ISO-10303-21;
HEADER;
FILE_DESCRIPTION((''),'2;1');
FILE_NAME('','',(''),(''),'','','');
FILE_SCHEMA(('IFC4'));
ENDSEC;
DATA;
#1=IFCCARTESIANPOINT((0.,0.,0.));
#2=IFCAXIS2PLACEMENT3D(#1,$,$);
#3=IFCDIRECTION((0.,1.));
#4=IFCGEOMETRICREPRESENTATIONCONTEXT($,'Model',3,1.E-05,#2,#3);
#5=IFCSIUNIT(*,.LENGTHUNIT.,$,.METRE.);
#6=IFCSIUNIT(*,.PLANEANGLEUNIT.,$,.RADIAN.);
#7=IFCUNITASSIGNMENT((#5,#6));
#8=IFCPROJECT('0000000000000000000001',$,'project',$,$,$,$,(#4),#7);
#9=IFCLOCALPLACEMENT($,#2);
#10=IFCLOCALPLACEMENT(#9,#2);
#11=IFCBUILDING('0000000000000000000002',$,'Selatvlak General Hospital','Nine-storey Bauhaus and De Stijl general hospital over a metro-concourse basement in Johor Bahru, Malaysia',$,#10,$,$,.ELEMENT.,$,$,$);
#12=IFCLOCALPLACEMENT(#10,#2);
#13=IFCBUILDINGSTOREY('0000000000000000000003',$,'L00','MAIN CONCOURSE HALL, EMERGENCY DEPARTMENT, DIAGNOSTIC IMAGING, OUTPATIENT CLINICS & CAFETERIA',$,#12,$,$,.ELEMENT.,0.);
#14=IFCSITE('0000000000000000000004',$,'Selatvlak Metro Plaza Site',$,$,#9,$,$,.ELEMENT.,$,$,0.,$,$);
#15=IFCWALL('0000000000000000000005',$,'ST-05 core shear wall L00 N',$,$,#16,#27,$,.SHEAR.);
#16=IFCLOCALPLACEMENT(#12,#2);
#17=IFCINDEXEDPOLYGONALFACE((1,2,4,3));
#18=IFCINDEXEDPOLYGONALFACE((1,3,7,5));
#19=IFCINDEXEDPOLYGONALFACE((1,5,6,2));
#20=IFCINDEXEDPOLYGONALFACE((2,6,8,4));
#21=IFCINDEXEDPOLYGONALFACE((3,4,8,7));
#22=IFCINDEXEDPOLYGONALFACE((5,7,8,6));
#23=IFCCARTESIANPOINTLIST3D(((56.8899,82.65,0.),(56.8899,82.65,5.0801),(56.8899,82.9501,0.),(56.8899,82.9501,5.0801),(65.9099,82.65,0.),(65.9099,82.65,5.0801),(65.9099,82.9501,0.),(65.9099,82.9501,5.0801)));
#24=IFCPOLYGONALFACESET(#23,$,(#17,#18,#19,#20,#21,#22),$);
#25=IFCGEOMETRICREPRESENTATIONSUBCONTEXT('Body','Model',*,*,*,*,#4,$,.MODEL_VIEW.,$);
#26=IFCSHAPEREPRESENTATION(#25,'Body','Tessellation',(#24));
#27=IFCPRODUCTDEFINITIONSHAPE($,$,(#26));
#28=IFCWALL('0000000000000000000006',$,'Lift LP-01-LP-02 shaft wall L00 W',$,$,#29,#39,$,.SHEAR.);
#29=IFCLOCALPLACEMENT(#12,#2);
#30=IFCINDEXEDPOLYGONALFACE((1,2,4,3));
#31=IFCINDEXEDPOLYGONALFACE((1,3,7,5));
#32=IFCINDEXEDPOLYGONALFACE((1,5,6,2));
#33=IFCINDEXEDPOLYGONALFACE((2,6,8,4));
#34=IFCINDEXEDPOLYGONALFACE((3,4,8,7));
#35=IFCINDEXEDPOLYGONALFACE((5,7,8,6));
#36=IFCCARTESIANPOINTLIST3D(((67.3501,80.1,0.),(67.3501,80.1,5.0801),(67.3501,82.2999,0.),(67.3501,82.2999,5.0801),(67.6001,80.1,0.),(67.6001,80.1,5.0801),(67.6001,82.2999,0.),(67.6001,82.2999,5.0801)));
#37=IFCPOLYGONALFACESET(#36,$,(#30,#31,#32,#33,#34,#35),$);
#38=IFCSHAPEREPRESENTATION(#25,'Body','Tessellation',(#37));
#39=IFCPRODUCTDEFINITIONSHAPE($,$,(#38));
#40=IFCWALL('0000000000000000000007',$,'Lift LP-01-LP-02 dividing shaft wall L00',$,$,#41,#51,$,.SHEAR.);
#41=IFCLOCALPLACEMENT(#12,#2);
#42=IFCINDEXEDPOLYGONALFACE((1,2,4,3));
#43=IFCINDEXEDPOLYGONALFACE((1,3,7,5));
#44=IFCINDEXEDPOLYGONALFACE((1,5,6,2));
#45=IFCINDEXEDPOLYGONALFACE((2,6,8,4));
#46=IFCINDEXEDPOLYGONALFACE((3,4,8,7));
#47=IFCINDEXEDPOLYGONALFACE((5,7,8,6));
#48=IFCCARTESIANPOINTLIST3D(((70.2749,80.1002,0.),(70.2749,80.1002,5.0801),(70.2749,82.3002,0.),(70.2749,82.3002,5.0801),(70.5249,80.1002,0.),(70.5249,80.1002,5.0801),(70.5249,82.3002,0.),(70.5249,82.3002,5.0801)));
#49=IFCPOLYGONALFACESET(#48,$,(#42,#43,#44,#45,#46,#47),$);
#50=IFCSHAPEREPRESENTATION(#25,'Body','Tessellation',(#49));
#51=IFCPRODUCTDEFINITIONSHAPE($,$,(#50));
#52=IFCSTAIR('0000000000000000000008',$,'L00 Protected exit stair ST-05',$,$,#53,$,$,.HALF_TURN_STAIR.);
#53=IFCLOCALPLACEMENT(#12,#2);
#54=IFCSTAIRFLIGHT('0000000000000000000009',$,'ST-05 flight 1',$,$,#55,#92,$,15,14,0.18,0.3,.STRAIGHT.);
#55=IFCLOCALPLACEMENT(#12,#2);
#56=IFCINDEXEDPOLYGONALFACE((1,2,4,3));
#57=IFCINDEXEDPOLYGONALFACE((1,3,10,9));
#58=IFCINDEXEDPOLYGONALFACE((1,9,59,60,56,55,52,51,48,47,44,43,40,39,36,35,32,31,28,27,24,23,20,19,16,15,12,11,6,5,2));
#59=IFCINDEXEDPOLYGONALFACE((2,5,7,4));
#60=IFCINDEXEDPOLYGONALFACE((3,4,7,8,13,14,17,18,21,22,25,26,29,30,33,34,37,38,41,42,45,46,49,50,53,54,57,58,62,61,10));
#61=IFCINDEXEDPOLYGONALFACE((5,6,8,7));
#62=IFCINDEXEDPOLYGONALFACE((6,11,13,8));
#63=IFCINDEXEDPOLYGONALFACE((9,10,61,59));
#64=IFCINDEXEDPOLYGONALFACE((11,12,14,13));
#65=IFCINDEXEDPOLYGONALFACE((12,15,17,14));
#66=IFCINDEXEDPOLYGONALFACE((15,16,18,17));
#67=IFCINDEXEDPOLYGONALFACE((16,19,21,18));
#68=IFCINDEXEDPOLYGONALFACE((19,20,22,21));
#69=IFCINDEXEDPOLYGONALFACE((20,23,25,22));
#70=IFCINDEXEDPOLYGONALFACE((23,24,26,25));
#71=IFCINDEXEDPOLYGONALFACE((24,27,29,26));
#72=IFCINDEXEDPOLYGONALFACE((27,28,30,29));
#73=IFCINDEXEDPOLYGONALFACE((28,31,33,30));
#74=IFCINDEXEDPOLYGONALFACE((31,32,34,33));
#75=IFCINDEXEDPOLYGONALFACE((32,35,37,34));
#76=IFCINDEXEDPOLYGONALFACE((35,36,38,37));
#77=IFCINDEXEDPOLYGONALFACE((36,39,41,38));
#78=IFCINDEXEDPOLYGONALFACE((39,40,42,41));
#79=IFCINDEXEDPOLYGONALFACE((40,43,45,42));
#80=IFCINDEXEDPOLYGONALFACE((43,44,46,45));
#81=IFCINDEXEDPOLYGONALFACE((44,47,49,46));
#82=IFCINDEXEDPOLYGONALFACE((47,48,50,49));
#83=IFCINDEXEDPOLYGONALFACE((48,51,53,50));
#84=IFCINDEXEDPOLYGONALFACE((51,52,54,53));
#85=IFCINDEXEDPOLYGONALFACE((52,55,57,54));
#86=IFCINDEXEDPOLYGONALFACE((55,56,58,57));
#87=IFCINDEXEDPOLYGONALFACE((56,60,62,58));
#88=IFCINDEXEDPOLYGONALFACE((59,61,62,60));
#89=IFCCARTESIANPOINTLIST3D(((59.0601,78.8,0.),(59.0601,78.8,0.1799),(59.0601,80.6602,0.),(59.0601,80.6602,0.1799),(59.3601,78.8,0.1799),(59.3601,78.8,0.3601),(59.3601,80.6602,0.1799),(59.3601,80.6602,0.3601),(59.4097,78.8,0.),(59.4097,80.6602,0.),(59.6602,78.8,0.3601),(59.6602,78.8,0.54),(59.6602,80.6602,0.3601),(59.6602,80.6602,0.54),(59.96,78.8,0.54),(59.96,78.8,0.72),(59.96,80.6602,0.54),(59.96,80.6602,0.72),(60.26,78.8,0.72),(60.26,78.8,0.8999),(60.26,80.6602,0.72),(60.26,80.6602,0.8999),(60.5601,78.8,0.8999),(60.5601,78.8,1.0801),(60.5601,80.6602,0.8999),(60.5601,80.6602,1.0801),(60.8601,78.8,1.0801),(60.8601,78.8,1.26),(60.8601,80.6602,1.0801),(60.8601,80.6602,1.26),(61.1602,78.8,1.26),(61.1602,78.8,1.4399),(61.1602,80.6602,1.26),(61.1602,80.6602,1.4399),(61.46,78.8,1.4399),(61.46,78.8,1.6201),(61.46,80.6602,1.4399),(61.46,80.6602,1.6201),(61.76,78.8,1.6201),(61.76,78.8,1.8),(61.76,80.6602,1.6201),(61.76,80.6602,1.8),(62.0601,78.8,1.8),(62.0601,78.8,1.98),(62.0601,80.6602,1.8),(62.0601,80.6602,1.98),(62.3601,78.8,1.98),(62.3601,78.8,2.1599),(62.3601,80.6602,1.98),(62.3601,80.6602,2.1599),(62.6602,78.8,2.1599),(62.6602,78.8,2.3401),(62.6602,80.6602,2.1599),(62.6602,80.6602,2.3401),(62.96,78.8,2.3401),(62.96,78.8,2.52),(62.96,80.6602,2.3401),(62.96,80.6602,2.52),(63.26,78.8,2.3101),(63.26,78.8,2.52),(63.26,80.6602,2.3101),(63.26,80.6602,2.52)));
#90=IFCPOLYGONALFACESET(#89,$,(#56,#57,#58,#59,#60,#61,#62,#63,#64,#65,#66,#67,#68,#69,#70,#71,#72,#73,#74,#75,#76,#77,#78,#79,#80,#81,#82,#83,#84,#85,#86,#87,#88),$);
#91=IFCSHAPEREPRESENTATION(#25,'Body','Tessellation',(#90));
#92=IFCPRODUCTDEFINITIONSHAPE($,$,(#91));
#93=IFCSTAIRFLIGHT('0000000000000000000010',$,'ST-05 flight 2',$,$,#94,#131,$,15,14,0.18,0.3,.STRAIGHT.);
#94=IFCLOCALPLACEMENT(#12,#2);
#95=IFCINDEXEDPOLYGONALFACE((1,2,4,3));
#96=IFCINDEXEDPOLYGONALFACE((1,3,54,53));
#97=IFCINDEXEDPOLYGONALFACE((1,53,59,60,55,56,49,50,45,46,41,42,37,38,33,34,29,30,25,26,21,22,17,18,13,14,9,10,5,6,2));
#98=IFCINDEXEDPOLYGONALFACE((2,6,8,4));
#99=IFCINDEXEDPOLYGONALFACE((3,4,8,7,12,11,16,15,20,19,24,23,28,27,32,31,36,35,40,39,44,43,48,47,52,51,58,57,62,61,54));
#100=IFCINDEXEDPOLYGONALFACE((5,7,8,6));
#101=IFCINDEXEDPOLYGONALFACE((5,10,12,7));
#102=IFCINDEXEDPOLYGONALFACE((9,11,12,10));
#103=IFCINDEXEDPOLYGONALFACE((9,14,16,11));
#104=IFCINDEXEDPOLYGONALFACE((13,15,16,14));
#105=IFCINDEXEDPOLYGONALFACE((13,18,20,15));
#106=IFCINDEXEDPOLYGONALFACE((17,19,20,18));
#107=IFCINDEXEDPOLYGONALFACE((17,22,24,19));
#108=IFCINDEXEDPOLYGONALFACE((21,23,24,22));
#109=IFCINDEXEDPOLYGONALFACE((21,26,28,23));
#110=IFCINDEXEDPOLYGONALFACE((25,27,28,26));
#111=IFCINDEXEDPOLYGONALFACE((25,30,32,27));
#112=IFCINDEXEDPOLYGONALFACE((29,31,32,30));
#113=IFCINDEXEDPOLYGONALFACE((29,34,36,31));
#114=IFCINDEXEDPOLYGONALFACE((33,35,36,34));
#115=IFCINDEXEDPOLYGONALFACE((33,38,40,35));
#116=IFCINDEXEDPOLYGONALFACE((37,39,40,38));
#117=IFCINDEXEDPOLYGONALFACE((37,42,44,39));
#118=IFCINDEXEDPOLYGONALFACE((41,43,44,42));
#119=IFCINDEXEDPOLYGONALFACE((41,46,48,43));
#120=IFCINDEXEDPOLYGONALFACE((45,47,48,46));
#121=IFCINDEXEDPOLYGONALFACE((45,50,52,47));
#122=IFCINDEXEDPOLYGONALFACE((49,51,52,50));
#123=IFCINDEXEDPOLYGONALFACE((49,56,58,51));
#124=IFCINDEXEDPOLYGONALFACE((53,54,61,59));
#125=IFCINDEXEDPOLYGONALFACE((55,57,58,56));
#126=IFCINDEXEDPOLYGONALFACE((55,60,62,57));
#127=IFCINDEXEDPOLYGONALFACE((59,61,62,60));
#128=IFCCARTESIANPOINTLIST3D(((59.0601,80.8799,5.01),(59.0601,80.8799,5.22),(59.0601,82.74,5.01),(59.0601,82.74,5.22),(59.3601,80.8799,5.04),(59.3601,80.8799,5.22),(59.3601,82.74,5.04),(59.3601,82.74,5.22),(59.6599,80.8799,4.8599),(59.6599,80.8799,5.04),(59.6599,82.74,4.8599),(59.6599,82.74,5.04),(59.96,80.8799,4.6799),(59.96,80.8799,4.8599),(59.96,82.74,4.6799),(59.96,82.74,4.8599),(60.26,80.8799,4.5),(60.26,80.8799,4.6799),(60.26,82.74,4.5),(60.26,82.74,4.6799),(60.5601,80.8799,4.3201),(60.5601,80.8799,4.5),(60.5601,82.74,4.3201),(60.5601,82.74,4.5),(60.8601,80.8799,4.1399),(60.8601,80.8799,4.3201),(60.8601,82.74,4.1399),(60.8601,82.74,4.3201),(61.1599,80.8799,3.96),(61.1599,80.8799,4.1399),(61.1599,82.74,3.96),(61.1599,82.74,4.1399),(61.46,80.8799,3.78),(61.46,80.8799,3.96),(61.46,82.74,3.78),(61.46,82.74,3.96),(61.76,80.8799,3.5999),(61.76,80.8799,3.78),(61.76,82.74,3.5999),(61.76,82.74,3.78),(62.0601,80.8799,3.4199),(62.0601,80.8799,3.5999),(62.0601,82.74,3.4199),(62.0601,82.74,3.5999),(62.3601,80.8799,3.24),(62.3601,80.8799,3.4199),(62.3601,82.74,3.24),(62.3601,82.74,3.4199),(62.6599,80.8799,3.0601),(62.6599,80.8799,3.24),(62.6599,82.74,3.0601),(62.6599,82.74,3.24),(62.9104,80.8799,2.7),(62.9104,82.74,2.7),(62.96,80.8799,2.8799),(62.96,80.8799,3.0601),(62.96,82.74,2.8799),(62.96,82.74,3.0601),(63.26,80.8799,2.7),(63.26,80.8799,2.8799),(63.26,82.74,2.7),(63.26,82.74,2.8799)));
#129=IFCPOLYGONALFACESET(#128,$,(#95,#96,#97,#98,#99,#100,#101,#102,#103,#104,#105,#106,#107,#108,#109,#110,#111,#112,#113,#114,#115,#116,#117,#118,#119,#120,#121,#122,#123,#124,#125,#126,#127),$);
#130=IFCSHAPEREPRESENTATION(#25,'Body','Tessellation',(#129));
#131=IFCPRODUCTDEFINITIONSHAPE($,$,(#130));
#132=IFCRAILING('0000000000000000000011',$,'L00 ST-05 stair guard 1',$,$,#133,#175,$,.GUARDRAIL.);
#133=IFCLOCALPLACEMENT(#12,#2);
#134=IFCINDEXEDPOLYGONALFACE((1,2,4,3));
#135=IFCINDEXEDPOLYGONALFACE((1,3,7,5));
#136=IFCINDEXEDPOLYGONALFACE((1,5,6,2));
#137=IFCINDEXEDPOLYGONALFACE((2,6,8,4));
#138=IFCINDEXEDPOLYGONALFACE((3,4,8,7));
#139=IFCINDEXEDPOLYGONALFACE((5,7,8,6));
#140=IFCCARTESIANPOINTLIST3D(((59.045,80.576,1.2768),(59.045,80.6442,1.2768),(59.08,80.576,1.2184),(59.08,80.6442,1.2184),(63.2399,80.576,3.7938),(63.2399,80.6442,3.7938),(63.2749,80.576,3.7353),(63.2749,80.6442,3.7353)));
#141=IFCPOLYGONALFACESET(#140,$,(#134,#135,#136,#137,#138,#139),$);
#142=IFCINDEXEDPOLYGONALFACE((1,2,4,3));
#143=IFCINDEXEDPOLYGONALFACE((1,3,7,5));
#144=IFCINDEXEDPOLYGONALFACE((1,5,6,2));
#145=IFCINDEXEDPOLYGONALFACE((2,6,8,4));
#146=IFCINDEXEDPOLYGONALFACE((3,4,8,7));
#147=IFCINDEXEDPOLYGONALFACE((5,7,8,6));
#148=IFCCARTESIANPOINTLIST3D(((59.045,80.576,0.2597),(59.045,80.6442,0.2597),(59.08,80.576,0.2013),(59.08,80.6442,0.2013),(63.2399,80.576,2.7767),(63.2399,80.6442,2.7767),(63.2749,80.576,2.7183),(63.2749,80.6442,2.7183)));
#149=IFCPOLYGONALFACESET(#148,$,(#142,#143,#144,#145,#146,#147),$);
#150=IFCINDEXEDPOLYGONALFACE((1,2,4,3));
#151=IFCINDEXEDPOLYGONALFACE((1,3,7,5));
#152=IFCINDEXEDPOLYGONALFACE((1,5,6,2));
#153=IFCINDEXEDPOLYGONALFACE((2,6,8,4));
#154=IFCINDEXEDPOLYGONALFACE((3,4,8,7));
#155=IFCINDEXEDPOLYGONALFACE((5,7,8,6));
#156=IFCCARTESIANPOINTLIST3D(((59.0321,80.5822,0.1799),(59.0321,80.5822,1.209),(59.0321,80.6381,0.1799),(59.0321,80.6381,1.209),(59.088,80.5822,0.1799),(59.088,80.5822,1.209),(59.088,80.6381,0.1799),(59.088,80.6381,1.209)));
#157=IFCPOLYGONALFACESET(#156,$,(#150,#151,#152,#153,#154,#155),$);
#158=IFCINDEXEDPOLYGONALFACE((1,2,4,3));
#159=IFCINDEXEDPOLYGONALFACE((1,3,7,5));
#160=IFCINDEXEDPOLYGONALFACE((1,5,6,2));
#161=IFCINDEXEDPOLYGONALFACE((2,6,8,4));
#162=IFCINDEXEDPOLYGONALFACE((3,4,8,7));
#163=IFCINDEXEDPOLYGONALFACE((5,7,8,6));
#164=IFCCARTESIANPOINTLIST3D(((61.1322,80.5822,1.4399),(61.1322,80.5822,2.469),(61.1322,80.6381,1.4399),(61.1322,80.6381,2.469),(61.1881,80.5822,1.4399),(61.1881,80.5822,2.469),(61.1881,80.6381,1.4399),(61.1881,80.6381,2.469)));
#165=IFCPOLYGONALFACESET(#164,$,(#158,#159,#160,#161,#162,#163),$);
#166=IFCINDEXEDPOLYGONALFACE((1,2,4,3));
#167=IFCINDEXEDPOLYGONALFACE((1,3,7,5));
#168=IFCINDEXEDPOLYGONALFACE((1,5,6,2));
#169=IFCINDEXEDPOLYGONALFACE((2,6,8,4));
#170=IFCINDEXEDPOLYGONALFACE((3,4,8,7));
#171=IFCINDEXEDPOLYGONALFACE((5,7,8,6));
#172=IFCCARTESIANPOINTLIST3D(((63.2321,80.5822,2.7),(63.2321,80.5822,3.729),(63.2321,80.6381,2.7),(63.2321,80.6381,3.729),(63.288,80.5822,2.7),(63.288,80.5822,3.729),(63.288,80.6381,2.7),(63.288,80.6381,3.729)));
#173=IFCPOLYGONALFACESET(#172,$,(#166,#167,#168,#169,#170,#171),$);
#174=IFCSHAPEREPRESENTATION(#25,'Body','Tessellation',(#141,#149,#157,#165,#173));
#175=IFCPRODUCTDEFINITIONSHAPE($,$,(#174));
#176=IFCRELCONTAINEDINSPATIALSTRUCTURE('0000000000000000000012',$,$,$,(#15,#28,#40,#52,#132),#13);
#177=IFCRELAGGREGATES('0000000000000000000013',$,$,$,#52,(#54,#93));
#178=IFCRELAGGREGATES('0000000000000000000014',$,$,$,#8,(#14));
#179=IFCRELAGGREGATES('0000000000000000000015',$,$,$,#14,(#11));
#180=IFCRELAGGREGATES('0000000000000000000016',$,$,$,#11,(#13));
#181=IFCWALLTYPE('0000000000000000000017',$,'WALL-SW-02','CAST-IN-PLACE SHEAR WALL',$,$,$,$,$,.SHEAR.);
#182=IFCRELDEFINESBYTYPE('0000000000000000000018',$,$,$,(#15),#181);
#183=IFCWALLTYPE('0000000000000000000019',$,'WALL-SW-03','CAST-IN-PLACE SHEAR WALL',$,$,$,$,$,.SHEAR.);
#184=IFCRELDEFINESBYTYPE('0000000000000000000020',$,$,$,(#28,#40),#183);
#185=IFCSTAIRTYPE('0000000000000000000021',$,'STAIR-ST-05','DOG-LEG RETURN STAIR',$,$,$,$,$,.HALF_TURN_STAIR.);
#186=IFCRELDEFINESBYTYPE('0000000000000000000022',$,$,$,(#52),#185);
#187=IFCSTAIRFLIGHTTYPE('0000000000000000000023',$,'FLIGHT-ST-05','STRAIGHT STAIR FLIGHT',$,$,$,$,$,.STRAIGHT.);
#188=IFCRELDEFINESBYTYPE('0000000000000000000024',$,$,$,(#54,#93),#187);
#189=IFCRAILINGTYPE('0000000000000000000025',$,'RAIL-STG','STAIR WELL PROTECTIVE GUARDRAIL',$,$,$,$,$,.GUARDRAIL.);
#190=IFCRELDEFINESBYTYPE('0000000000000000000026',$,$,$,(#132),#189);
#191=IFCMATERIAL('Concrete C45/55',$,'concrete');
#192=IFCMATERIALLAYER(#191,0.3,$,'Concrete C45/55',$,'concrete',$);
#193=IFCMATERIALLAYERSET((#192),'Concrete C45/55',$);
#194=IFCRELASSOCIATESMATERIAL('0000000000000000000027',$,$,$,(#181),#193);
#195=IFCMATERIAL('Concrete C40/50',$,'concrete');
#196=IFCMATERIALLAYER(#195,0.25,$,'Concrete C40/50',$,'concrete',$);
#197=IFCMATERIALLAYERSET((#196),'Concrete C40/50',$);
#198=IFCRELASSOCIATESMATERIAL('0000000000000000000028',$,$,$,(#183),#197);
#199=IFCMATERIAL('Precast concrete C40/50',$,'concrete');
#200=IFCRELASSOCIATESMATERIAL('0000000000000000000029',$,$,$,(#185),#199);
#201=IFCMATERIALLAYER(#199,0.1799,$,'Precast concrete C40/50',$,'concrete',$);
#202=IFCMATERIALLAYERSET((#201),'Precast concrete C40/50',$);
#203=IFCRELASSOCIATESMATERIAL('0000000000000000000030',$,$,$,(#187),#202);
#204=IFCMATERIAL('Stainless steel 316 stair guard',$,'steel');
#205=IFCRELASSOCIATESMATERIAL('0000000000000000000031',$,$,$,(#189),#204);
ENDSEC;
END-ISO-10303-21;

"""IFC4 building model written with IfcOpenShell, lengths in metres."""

from ifc_helpers import new_model, si_unit, direction, frame, frame_2d, origin, origin_2d, place, context, subcontext, project, spatial, polyline, rectangle, outline, extrude, material, layer, layer_set, type_object, element, aggregate, save


model = new_model("IFC4")

# Units and contexts
model_context = context("Model", 3, precision=1e-05, world=origin(), true_north=direction((0.0, 1.0)))
body_context = subcontext(model_context, "Body", "Model", "MODEL_VIEW")
ifc_project = project(units=[si_unit("LENGTHUNIT", "METRE"), si_unit("PLANEANGLEUNIT", "RADIAN")], contexts=[model_context])

# Site, building, storey
site_placement = place(None, origin())
site = spatial("IfcSite", under=ifc_project, at=site_placement, Name="Selatvlak Metro Plaza Site", CompositionType="ELEMENT", RefElevation=0.0)
building_placement = place(site_placement, origin())
building = spatial("IfcBuilding", under=site, at=building_placement, Name="Selatvlak General Hospital", Description="Nine-storey Bauhaus and De Stijl general hospital over a metro-concourse basement in Johor Bahru, Malaysia", CompositionType="ELEMENT")
storey_placement = place(building_placement, origin())
storey = spatial("IfcBuildingStorey", under=building, at=storey_placement, Name="L00", Description="MAIN CONCOURSE HALL, EMERGENCY DEPARTMENT, DIAGNOSTIC IMAGING, OUTPATIENT CLINICS & CAFETERIA", CompositionType="ELEMENT", Elevation=0.0)

# Shared definitions
ifc_material_1 = material(Name="Concrete C40/50", Category="concrete")

# Wall
ifc_material_2 = material(Name="Concrete C45/55", Category="concrete")
ifc_layer_1 = layer(ifc_material_2, 0.3, Name="Concrete C45/55", Category="concrete")
ifc_layer_set_1 = layer_set([ifc_layer_1], Name="Concrete C45/55")
wall_type_1 = type_object("IfcWallType", Name="WALL-SW-02", Description="CAST-IN-PLACE SHEAR WALL", PredefinedType="SHEAR", material=ifc_layer_set_1)
wall_1_placement = place(storey_placement, frame((65.9099, 82.8, 0.0), z_axis=(0.0, 0.0, 1.0), x_axis=(-1.0, 0.0, 0.0)))
element("IfcWall", 1, at=wall_1_placement, inside=storey, type_object=wall_type_1, Name="ST-05 core shear wall L00 N", PredefinedType="SHEAR", context=body_context, shape_type="SweptSolid", body=[
    extrude(rectangle(XDim=9.02, YDim=0.3, at=frame_2d((4.51, 0.0))), origin(), (0.0, 0.0, 1.0), 5.0801),
])

# Shared definitions
ifc_layer_2 = layer(ifc_material_1, 0.25, Name="Concrete C40/50", Category="concrete")
ifc_layer_set_2 = layer_set([ifc_layer_2], Name="Concrete C40/50")
wall_type_2 = type_object("IfcWallType", Name="WALL-SW-03", Description="CAST-IN-PLACE SHEAR WALL", PredefinedType="SHEAR", material=ifc_layer_set_2)

# Walls
for number, where, z_axis, x_axis, name in (
    (2, (67.4751, 82.3, 0.0), (0.0, 0.0, 1.0), (0.0, -1.0, 0.0), "Lift LP-01-LP-02 shaft wall L00 W"),
    (3, (70.3999, 80.1001, 0.0), (0.0, 0.0, 1.0), (0.0, 1.0, 0.0), "Lift LP-01-LP-02 dividing shaft wall L00"),
):
    element("IfcWall", number, at=place(storey_placement, frame(where, z_axis=z_axis, x_axis=x_axis)), inside=storey, type_object=wall_type_2, Name=name, PredefinedType="SHEAR", context=body_context, shape_type="SweptSolid", body=[
        extrude(rectangle(XDim=2.2, YDim=0.25, at=frame_2d((1.1001, 0.0))), origin(), (0.0, 0.0, 1.0), 5.0801),
    ])

# Stair, stair flights
ifc_material_3 = material(Name="Precast concrete C40/50", Category="concrete")
stair_type = type_object("IfcStairType", Name="STAIR-ST-05", Description="DOG-LEG RETURN STAIR", PredefinedType="HALF_TURN_STAIR", material=ifc_material_3)
stair_placement = place(storey_placement, origin())
stair = element("IfcStair", 4, at=stair_placement, inside=storey, type_object=stair_type, Name="L00 Protected exit stair ST-05", PredefinedType="HALF_TURN_STAIR")
ifc_layer_3 = layer(ifc_material_3, 0.1799, Name="Precast concrete C40/50", Category="concrete")
ifc_layer_set_3 = layer_set([ifc_layer_3], Name="Precast concrete C40/50")
stair_flight_type = type_object("IfcStairFlightType", Name="FLIGHT-ST-05", Description="STRAIGHT STAIR FLIGHT", PredefinedType="STRAIGHT", material=ifc_layer_set_3)
stair_flight_1_placement = place(storey_placement, frame((59.0601, 79.73, 0.0), z_axis=(0.0, 0.0, 1.0), x_axis=(1.0, 0.0, 0.0)))
stair_flight_1 = element("IfcStairFlight", 5, at=stair_flight_1_placement, type_object=stair_flight_type, Name="ST-05 flight 1", NumberOfRisers=15, NumberOfTreads=14, PredefinedType="STRAIGHT", RiserHeight=0.18, TreadLength=0.3, context=body_context, shape_type="SweptSolid", body=[
    extrude(outline(polyline([(0.0, 0.0), (0.0, 0.1799), (0.3, 0.1799), (0.3, 0.3601), (0.6001, 0.3601), (0.6001, 0.54), (0.8999, 0.54), (0.8999, 0.72), (1.2, 0.72), (1.2, 0.8999), (1.5, 0.8999), (1.5, 1.0801), (1.8, 1.0801), (1.8, 1.26), (2.1001, 1.26), (2.1001, 1.4399), (2.3999, 1.4399), (2.3999, 1.6201), (2.7, 1.6201), (2.7, 1.8), (3.0, 1.8), (3.0, 1.98), (3.3, 1.98), (3.3, 2.1599), (3.6001, 2.1599), (3.6001, 2.3401), (3.8999, 2.3401), (3.8999, 2.52), (4.2, 2.52), (4.2, 2.7), (4.2, 2.3101), (0.3496, 0.0), (0.0, 0.0)])), frame((0.0, 0.9302, 0.0), z_axis=(0.0, -1.0, 0.0), x_axis=(1.0, 0.0, 0.0)), (0.0, 0.0, 1.0), 1.8601),
])
stair_flight_2_placement = place(storey_placement, frame((63.26, 81.8101, 2.7), z_axis=(0.0, 0.0, 1.0), x_axis=(-1.0, 0.0, 0.0)))
stair_flight_2 = element("IfcStairFlight", 6, at=stair_flight_2_placement, type_object=stair_flight_type, Name="ST-05 flight 2", NumberOfRisers=15, NumberOfTreads=14, PredefinedType="STRAIGHT", RiserHeight=0.18, TreadLength=0.3, context=body_context, shape_type="SweptSolid", body=[
    extrude(outline(polyline([(0.0, 0.0), (0.0, 0.1799), (0.3, 0.1799), (0.3, 0.3601), (0.6001, 0.3601), (0.6001, 0.54), (0.8999, 0.54), (0.8999, 0.72), (1.2, 0.72), (1.2, 0.8999), (1.5, 0.8999), (1.5, 1.0801), (1.8, 1.0801), (1.8, 1.26), (2.1001, 1.26), (2.1001, 1.4399), (2.3999, 1.4399), (2.3999, 1.6201), (2.7, 1.6201), (2.7, 1.8), (3.0, 1.8), (3.0, 1.98), (3.3, 1.98), (3.3, 2.1599), (3.6001, 2.1599), (3.6001, 2.3401), (3.8999, 2.3401), (3.8999, 2.52), (4.2, 2.52), (4.2, 2.7), (4.2, 2.3101), (0.3496, 0.0), (0.0, 0.0)])), frame((0.0, 0.9302, 0.0), z_axis=(0.0, -1.0, 0.0), x_axis=(1.0, 0.0, 0.0)), (0.0, 0.0, 1.0), 1.8601),
])
aggregate(stair, [stair_flight_1, stair_flight_2])

# Railing
ifc_material_4 = material(Name="Stainless steel 316 stair guard", Category="steel")
railing_type_1 = type_object("IfcRailingType", Name="RAIL-STG", Description="STAIR WELL PROTECTIVE GUARDRAIL", PredefinedType="GUARDRAIL", material=ifc_material_4)
railing_1_placement = place(storey_placement, frame((59.0601, 80.6101, 0.1799)))
element("IfcRailing", 7, at=railing_1_placement, inside=storey, type_object=railing_type_1, Name="L00 ST-05 stair guard 1", PredefinedType="GUARDRAIL", context=body_context, shape_type="SweptSolid", body=[
    extrude(rectangle(XDim=0.0681, YDim=0.0681, at=origin_2d()), frame((0.0024, 0.0, 1.0676), z_axis=(0.857489, 0.0, 0.514503), x_axis=(0.0, 1.0, 0.0)), (0.0, 0.0, 1.0), 4.8921),
    extrude(rectangle(XDim=0.0681, YDim=0.0681, at=origin_2d()), frame((0.0024, 0.0, 0.0505), z_axis=(0.857489, 0.0, 0.514503), x_axis=(0.0, 1.0, 0.0)), (0.0, 0.0, 1.0), 4.8921),
    extrude(rectangle(XDim=0.0559, YDim=0.0559, at=origin_2d()), origin(), (0.0, 0.0, 1.0), 1.0291),
    extrude(rectangle(XDim=0.0559, YDim=0.0559, at=origin_2d()), frame((2.1001, 0.0, 1.26)), (0.0, 0.0, 1.0), 1.0291),
    extrude(rectangle(XDim=0.0559, YDim=0.0559, at=origin_2d()), frame((4.2, 0.0, 2.52)), (0.0, 0.0, 1.0), 1.0291),
])

save(model, "model.ifc")
